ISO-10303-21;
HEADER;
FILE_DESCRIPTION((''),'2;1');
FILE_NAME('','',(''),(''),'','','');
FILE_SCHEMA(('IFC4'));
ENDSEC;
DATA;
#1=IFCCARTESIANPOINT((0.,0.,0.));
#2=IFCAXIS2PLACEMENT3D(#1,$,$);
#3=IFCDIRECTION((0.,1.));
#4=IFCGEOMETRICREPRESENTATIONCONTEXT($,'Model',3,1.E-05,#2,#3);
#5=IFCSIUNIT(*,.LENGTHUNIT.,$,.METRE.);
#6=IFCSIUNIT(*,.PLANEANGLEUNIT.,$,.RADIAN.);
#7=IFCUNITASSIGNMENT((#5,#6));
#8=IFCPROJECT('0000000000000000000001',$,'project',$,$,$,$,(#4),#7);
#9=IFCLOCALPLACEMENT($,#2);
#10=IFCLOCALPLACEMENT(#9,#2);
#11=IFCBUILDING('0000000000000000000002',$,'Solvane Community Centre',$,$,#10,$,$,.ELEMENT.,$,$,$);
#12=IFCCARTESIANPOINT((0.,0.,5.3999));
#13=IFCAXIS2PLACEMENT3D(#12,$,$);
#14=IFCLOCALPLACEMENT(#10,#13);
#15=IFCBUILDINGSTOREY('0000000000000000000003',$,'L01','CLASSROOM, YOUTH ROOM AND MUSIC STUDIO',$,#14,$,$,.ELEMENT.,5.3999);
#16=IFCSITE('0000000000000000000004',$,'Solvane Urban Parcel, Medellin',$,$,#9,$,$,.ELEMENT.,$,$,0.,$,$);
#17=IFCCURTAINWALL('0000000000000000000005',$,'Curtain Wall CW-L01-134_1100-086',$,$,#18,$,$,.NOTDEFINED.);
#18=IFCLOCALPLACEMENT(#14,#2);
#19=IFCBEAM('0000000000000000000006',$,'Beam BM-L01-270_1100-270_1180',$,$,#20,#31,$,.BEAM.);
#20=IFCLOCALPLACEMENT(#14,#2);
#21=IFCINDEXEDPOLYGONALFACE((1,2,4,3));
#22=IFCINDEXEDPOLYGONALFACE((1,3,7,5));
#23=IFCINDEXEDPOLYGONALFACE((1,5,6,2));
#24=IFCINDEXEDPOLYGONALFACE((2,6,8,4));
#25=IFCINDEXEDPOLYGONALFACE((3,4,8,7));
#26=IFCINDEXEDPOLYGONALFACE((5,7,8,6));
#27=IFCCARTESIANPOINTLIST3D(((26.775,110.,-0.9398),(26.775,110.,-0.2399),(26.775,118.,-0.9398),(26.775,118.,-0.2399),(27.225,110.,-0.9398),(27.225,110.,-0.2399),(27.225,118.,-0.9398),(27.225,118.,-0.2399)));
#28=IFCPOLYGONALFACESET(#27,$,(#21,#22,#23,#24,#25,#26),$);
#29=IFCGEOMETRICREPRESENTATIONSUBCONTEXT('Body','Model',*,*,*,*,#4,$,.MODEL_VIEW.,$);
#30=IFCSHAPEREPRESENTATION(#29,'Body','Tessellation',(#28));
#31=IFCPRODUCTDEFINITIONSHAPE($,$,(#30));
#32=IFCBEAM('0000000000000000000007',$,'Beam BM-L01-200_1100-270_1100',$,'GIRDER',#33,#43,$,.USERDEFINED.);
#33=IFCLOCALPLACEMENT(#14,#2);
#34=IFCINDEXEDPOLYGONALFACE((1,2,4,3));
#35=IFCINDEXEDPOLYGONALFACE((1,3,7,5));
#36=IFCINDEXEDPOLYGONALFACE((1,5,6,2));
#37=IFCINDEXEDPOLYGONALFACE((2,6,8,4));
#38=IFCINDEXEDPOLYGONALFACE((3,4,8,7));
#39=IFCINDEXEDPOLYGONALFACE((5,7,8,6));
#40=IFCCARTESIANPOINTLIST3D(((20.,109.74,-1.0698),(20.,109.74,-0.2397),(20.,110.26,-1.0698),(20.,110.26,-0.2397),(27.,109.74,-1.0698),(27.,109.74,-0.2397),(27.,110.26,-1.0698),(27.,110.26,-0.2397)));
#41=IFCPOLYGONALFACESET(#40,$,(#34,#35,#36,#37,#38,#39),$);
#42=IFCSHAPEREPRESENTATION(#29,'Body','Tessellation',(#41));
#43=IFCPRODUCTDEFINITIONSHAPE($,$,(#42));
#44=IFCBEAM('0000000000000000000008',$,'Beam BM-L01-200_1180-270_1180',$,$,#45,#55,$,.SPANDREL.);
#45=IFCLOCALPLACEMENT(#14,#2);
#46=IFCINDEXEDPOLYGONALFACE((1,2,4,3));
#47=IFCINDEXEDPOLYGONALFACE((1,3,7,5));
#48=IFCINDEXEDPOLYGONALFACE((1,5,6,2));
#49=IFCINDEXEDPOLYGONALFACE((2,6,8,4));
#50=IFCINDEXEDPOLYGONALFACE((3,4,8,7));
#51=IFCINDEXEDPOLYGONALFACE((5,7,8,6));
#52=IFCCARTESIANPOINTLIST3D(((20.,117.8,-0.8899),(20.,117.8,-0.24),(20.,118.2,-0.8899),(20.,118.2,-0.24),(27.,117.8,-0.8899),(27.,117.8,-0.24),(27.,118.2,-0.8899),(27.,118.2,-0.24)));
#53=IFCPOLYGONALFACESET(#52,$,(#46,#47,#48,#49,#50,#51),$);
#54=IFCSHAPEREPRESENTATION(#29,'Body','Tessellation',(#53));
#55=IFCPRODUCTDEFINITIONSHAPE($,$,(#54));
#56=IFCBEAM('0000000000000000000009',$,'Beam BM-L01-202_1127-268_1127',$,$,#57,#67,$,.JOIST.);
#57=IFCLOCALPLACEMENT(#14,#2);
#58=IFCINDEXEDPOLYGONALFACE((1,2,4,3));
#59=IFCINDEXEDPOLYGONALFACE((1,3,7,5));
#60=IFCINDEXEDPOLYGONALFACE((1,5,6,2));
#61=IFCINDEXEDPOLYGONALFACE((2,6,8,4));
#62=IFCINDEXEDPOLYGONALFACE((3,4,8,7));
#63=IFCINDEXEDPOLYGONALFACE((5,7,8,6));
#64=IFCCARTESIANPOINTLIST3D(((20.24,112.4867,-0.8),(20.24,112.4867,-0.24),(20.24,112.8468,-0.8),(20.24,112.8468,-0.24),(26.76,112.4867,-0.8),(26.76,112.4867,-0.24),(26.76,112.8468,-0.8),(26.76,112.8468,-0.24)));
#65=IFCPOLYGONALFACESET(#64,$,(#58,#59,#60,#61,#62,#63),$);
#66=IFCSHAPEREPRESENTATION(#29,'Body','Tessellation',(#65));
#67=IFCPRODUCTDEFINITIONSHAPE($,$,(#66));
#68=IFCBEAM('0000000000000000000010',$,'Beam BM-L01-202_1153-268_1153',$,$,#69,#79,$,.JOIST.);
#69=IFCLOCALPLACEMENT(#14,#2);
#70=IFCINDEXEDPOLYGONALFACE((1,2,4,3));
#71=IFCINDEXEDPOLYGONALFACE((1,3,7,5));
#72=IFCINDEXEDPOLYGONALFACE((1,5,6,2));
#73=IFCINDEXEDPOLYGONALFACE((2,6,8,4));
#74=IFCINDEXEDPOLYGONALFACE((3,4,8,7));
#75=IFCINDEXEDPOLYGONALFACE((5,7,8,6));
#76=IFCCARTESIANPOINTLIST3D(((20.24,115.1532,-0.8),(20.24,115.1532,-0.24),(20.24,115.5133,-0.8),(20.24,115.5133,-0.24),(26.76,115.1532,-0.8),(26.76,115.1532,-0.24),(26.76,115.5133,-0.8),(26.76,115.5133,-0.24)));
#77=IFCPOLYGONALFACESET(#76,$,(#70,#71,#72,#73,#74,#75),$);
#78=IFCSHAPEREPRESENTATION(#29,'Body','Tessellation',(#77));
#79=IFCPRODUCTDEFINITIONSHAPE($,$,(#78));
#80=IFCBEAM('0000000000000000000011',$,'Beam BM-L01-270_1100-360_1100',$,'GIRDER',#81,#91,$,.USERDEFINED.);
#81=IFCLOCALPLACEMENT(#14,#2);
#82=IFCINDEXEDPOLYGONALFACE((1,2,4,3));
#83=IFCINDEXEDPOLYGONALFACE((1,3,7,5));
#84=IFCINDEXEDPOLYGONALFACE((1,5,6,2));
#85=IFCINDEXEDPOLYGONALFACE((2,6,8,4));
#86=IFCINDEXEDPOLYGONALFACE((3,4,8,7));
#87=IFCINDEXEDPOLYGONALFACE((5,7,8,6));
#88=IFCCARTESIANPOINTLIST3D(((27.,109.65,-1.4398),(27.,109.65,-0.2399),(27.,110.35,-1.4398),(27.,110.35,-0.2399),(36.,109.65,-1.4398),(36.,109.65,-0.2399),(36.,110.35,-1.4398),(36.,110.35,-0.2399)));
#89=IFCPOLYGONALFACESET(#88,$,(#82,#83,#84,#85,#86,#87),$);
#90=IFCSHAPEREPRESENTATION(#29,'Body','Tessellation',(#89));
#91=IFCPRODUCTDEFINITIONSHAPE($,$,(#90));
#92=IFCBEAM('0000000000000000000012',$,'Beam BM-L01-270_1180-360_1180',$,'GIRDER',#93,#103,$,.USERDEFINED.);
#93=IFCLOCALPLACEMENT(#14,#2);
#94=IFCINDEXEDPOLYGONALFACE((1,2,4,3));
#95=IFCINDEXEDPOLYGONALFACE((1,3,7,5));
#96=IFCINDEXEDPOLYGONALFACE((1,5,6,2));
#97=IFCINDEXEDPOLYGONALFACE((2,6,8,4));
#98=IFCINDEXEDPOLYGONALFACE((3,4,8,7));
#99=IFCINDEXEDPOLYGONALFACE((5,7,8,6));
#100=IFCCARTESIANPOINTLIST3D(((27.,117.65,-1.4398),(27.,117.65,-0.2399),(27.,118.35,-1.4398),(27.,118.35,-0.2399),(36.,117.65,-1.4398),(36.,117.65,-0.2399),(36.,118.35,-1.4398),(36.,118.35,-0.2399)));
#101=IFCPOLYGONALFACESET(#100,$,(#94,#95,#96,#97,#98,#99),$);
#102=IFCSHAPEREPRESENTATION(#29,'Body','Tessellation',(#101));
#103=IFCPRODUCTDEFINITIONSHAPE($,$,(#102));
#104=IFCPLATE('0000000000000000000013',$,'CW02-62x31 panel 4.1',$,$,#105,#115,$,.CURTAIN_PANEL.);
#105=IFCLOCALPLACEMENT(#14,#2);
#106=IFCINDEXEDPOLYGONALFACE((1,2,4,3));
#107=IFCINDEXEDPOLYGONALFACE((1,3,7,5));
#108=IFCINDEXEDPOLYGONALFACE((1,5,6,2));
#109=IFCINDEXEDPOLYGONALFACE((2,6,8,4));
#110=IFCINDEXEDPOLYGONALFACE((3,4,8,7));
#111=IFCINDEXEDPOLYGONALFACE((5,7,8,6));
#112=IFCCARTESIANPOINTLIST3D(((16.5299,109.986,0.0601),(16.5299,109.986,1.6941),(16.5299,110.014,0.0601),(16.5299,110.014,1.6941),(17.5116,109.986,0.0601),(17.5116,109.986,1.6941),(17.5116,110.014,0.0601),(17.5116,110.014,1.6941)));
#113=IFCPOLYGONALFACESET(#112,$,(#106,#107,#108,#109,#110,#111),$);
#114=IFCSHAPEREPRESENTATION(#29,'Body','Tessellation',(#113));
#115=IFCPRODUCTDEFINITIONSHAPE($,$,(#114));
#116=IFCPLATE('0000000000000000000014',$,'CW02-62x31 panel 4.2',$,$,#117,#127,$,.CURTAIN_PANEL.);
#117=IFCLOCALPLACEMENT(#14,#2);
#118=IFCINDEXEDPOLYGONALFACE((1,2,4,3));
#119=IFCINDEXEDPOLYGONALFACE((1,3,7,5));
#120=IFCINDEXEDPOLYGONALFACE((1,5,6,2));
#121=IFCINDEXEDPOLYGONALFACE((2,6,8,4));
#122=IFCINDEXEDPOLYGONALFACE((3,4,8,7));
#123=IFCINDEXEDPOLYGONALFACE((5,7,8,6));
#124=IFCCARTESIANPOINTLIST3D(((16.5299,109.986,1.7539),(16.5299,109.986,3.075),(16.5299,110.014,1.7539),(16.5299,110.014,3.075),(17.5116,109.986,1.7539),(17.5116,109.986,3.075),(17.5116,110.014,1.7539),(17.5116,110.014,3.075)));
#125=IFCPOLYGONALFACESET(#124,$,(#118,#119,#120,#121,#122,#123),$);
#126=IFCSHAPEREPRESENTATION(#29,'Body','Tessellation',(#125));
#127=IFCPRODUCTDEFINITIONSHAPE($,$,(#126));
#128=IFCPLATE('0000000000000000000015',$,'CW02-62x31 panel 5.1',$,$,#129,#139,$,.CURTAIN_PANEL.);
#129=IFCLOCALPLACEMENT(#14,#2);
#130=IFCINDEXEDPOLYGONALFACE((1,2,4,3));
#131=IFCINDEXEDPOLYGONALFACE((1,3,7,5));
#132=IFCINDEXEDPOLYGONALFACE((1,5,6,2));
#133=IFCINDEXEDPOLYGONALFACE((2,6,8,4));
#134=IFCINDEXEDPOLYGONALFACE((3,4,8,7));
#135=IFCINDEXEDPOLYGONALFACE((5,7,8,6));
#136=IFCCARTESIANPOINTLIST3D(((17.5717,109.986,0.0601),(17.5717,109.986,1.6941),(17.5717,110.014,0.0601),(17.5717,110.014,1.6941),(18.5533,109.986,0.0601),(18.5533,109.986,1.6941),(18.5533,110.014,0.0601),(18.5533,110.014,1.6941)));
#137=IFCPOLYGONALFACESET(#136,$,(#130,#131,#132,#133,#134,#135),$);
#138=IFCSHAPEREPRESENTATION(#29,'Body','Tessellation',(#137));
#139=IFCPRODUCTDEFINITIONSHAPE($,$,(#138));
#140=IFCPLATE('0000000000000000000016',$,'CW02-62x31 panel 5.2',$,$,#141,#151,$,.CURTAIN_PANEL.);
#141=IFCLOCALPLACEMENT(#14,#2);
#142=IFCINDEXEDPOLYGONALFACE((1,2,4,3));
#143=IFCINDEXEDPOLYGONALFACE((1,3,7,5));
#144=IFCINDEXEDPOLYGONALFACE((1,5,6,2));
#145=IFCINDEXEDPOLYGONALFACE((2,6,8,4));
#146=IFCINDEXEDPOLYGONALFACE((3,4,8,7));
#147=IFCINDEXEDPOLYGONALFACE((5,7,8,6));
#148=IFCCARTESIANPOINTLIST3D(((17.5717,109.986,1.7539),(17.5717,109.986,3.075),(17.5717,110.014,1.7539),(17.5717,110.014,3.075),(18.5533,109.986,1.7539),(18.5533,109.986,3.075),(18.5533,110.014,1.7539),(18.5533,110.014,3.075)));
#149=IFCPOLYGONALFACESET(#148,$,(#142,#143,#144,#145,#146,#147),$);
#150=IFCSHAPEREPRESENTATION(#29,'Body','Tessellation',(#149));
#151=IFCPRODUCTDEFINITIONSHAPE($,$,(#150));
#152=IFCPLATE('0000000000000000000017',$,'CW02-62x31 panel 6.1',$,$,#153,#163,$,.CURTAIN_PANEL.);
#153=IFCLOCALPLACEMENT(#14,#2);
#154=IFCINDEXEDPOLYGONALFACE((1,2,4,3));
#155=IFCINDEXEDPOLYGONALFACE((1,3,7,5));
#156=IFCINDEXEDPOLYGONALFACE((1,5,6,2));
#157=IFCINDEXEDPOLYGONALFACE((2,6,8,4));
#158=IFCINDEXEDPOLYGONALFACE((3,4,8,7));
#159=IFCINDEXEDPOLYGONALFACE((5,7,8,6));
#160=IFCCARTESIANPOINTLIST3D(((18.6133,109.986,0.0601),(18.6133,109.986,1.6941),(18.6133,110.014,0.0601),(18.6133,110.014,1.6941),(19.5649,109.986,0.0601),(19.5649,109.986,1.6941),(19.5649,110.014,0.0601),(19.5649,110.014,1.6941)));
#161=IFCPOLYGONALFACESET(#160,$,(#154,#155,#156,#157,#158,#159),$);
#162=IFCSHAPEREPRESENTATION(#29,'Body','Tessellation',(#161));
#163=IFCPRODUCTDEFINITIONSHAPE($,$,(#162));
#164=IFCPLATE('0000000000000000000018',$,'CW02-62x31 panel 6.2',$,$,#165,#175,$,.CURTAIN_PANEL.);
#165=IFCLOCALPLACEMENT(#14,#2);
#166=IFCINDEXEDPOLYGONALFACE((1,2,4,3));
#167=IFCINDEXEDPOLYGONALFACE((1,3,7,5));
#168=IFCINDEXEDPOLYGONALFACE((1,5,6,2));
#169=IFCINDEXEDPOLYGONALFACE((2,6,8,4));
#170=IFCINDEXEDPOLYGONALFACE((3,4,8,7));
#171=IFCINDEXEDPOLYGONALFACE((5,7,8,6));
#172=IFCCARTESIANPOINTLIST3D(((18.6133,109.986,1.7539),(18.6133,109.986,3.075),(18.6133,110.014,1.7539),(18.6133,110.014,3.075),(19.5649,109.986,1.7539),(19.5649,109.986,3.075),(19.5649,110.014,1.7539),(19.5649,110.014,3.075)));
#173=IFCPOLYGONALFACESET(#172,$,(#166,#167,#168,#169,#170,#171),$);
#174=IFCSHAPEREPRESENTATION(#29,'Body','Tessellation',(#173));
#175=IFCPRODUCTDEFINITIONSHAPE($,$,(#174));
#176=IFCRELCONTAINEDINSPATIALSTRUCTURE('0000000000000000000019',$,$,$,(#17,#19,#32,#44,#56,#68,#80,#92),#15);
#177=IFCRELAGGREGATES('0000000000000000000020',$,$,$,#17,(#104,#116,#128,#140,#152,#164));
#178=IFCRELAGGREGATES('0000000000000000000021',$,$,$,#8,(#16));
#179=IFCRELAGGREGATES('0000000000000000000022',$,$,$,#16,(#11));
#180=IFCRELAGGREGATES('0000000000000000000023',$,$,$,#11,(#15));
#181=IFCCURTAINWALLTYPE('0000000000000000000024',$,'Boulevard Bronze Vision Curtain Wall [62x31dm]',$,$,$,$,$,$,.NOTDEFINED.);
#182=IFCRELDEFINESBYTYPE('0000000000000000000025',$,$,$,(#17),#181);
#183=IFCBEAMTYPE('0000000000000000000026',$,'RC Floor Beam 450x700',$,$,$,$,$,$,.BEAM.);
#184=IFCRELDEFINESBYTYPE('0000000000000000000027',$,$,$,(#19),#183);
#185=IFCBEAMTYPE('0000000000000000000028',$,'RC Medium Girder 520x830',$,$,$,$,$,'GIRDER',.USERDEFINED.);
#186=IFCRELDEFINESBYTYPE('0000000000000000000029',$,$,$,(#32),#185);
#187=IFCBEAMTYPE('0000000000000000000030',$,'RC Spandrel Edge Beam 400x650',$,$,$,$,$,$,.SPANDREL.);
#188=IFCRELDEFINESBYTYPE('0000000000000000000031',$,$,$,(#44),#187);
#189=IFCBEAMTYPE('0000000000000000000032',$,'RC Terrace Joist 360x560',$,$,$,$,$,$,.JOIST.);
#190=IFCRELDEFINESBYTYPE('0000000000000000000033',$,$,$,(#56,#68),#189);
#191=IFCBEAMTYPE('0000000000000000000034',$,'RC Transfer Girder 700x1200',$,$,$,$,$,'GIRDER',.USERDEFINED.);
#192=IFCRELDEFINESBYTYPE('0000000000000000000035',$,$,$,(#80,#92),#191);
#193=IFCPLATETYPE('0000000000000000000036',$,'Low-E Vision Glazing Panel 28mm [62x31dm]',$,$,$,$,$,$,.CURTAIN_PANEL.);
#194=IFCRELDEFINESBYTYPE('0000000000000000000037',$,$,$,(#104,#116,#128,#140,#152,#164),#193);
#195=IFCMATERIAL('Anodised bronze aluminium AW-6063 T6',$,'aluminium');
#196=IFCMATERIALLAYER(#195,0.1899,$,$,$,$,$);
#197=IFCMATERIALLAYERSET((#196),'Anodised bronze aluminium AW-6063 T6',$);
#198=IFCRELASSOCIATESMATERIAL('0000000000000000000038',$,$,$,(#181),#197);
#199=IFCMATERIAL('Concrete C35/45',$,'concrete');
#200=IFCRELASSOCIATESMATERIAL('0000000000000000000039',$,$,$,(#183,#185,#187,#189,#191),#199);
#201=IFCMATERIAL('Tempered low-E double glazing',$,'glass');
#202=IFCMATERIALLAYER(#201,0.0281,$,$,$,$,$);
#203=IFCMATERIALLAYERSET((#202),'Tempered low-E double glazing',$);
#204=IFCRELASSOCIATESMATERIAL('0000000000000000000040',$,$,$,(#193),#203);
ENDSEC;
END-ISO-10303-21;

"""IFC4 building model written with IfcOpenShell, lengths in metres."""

from ifc_helpers import new_model, si_unit, direction, frame, origin, origin_2d, place, context, subcontext, project, spatial, rectangle, extrude, material, layer, layer_set, material_profile, profile_set, type_object, element, aggregate, save


model = new_model("IFC4")

# Units and contexts
model_context = context("Model", 3, precision=1e-05, world=origin(), true_north=direction((0.0, 1.0)))
body_context = subcontext(model_context, "Body", "Model", "MODEL_VIEW")
ifc_project = project(units=[si_unit("LENGTHUNIT", "METRE"), si_unit("PLANEANGLEUNIT", "RADIAN")], contexts=[model_context])

# Site, building, storey
site_placement = place(None, origin())
site = spatial("IfcSite", under=ifc_project, at=site_placement, Name="Solvane Urban Parcel, Medellin", CompositionType="ELEMENT", RefElevation=0.0)
building_placement = place(site_placement, origin())
building = spatial("IfcBuilding", under=site, at=building_placement, Name="Solvane Community Centre", CompositionType="ELEMENT")
storey_placement = place(building_placement, frame((0.0, 0.0, 5.3999)))
storey = spatial("IfcBuildingStorey", under=building, at=storey_placement, Name="L01", Description="CLASSROOM, YOUTH ROOM AND MUSIC STUDIO", CompositionType="ELEMENT", Elevation=5.3999)

# Shared definitions
ifc_material_1 = material(Name="Concrete C35/45", Category="concrete")

# Curtain wall
ifc_material_2 = material(Name="Anodised bronze aluminium AW-6063 T6", Category="aluminium")
ifc_layer_1 = layer(ifc_material_2, 0.1899)
ifc_layer_set_1 = layer_set([ifc_layer_1], Name="Anodised bronze aluminium AW-6063 T6")
curtain_wall_type = type_object("IfcCurtainWallType", Name="Boulevard Bronze Vision Curtain Wall [62x31dm]", PredefinedType="NOTDEFINED", material=ifc_layer_set_1)
curtain_wall_placement = place(storey_placement, origin())
curtain_wall = element("IfcCurtainWall", 1, at=curtain_wall_placement, inside=storey, type_object=curtain_wall_type, Name="Curtain Wall CW-L01-134_1100-086", PredefinedType="NOTDEFINED")

# Beams
ifc_material_profile_1 = material_profile(ifc_material_1, rectangle(XDim=0.45, YDim=0.7, at=origin_2d()), Name="RC 450x700")
ifc_profile_set_1 = profile_set([ifc_material_profile_1], Name="Concrete C35/45")
beam_type_1 = type_object("IfcBeamType", Name="RC Floor Beam 450x700", PredefinedType="BEAM", material=ifc_profile_set_1)
for number, where, z_axis, x_axis, name in (
    (2, (27.0, 110.0, -0.5898), (0.0, 1.0, 0.0), (-1.0, 0.0, 0.0), "Beam BM-L01-270_1100-270_1180"),
):
    element("IfcBeam", number, at=place(storey_placement, frame(where, z_axis=z_axis, x_axis=x_axis)), inside=storey, type_object=beam_type_1, Name=name, PredefinedType="BEAM", context=body_context, shape_type="SweptSolid", body=[
        extrude(rectangle(XDim=0.45, YDim=0.7, at=origin_2d()), origin(), (0.0, 0.0, 1.0), 8.0),
    ])
ifc_material_profile_2 = material_profile(ifc_material_1, rectangle(XDim=0.52, YDim=0.8301, at=origin_2d()), Name="RC 520x830")
ifc_profile_set_2 = profile_set([ifc_material_profile_2], Name="Concrete C35/45")
beam_type_2 = type_object("IfcBeamType", Name="RC Medium Girder 520x830", ElementType="GIRDER", PredefinedType="USERDEFINED", material=ifc_profile_set_2)
beam_1_placement = place(storey_placement, frame((20.0, 110.0, -0.6548), z_axis=(1.0, 0.0, 0.0), x_axis=(0.0, 1.0, 0.0)))
element("IfcBeam", 3, at=beam_1_placement, inside=storey, type_object=beam_type_2, Name="Beam BM-L01-200_1100-270_1100", ObjectType="GIRDER", PredefinedType="USERDEFINED", context=body_context, shape_type="SweptSolid", body=[
    extrude(rectangle(XDim=0.52, YDim=0.8301, at=origin_2d()), origin(), (0.0, 0.0, 1.0), 7.0),
])
ifc_material_profile_3 = material_profile(ifc_material_1, rectangle(XDim=0.3999, YDim=0.6499, at=origin_2d()), Name="RC 400x650")
ifc_profile_set_3 = profile_set([ifc_material_profile_3], Name="Concrete C35/45")
beam_type_3 = type_object("IfcBeamType", Name="RC Spandrel Edge Beam 400x650", PredefinedType="SPANDREL", material=ifc_profile_set_3)
beam_2_placement = place(storey_placement, frame((20.0, 118.0, -0.5649), z_axis=(1.0, 0.0, 0.0), x_axis=(0.0, 1.0, 0.0)))
element("IfcBeam", 4, at=beam_2_placement, inside=storey, type_object=beam_type_3, Name="Beam BM-L01-200_1180-270_1180", PredefinedType="SPANDREL", context=body_context, shape_type="SweptSolid", body=[
    extrude(rectangle(XDim=0.3999, YDim=0.6499, at=origin_2d()), origin(), (0.0, 0.0, 1.0), 7.0),
])
ifc_material_profile_4 = material_profile(ifc_material_1, rectangle(XDim=0.3601, YDim=0.5601, at=origin_2d()), Name="RC 360x560")
ifc_profile_set_4 = profile_set([ifc_material_profile_4], Name="Concrete C35/45")
beam_type_4 = type_object("IfcBeamType", Name="RC Terrace Joist 360x560", PredefinedType="JOIST", material=ifc_profile_set_4)
for number, where, z_axis, x_axis, name in (
    (5, (20.24, 112.6667, -0.52), (1.0, 0.0, 0.0), (0.0, 1.0, 0.0), "Beam BM-L01-202_1127-268_1127"),
    (6, (20.24, 115.3333, -0.52), (1.0, 0.0, 0.0), (0.0, 1.0, 0.0), "Beam BM-L01-202_1153-268_1153"),
):
    element("IfcBeam", number, at=place(storey_placement, frame(where, z_axis=z_axis, x_axis=x_axis)), inside=storey, type_object=beam_type_4, Name=name, PredefinedType="JOIST", context=body_context, shape_type="SweptSolid", body=[
        extrude(rectangle(XDim=0.3601, YDim=0.5601, at=origin_2d()), origin(), (0.0, 0.0, 1.0), 6.52),
    ])
ifc_material_profile_5 = material_profile(ifc_material_1, rectangle(XDim=0.7, YDim=1.2, at=origin_2d()), Name="RC 700x1200")
ifc_profile_set_5 = profile_set([ifc_material_profile_5], Name="Concrete C35/45")
beam_type_5 = type_object("IfcBeamType", Name="RC Transfer Girder 700x1200", ElementType="GIRDER", PredefinedType="USERDEFINED", material=ifc_profile_set_5)
for number, where, z_axis, x_axis, name in (
    (7, (27.0, 110.0, -0.8398), (1.0, 0.0, 0.0), (0.0, 1.0, 0.0), "Beam BM-L01-270_1100-360_1100"),
    (8, (27.0, 118.0, -0.8398), (1.0, 0.0, 0.0), (0.0, 1.0, 0.0), "Beam BM-L01-270_1180-360_1180"),
):
    element("IfcBeam", number, at=place(storey_placement, frame(where, z_axis=z_axis, x_axis=x_axis)), inside=storey, type_object=beam_type_5, Name=name, ObjectType="GIRDER", PredefinedType="USERDEFINED", context=body_context, shape_type="SweptSolid", body=[
        extrude(rectangle(XDim=0.7, YDim=1.2, at=origin_2d()), origin(), (0.0, 0.0, 1.0), 9.0),
    ])

# Plates
ifc_material_3 = material(Name="Tempered low-E double glazing", Category="glass")
ifc_layer_2 = layer(ifc_material_3, 0.0281)
ifc_layer_set_2 = layer_set([ifc_layer_2], Name="Tempered low-E double glazing")
plate_type = type_object("IfcPlateType", Name="Low-E Vision Glazing Panel 28mm [62x31dm]", PredefinedType="CURTAIN_PANEL", material=ifc_layer_set_2)
plate_1_placement = place(storey_placement, frame((17.0208, 110.0, 0.0601), z_axis=(0.0, 0.0, 1.0), x_axis=(1.0, 0.0, 0.0)))
plate_1 = element("IfcPlate", 9, at=plate_1_placement, type_object=plate_type, Name="CW02-62x31 panel 4.1", PredefinedType="CURTAIN_PANEL", context=body_context, shape_type="SweptSolid", body=[
    extrude(rectangle(XDim=0.9817, YDim=0.0281, at=origin_2d()), origin(), (0.0, 0.0, 1.0), 1.634),
])
plate_2_placement = place(storey_placement, frame((17.0208, 110.0, 1.7539), z_axis=(0.0, 0.0, 1.0), x_axis=(1.0, 0.0, 0.0)))
plate_2 = element("IfcPlate", 10, at=plate_2_placement, type_object=plate_type, Name="CW02-62x31 panel 4.2", PredefinedType="CURTAIN_PANEL", context=body_context, shape_type="SweptSolid", body=[
    extrude(rectangle(XDim=0.9817, YDim=0.0281, at=origin_2d()), origin(), (0.0, 0.0, 1.0), 1.321),
])
plate_3_placement = place(storey_placement, frame((18.0625, 110.0, 0.0601), z_axis=(0.0, 0.0, 1.0), x_axis=(1.0, 0.0, 0.0)))
plate_3 = element("IfcPlate", 11, at=plate_3_placement, type_object=plate_type, Name="CW02-62x31 panel 5.1", PredefinedType="CURTAIN_PANEL", context=body_context, shape_type="SweptSolid", body=[
    extrude(rectangle(XDim=0.9817, YDim=0.0281, at=origin_2d()), origin(), (0.0, 0.0, 1.0), 1.634),
])
plate_4_placement = place(storey_placement, frame((18.0625, 110.0, 1.7539), z_axis=(0.0, 0.0, 1.0), x_axis=(1.0, 0.0, 0.0)))
plate_4 = element("IfcPlate", 12, at=plate_4_placement, type_object=plate_type, Name="CW02-62x31 panel 5.2", PredefinedType="CURTAIN_PANEL", context=body_context, shape_type="SweptSolid", body=[
    extrude(rectangle(XDim=0.9817, YDim=0.0281, at=origin_2d()), origin(), (0.0, 0.0, 1.0), 1.321),
])
plate_5_placement = place(storey_placement, frame((19.0891, 110.0, 0.0601), z_axis=(0.0, 0.0, 1.0), x_axis=(1.0, 0.0, 0.0)))
plate_5 = element("IfcPlate", 13, at=plate_5_placement, type_object=plate_type, Name="CW02-62x31 panel 6.1", PredefinedType="CURTAIN_PANEL", context=body_context, shape_type="SweptSolid", body=[
    extrude(rectangle(XDim=0.9517, YDim=0.0281, at=origin_2d()), origin(), (0.0, 0.0, 1.0), 1.634),
])
plate_6_placement = place(storey_placement, frame((19.0891, 110.0, 1.7539), z_axis=(0.0, 0.0, 1.0), x_axis=(1.0, 0.0, 0.0)))
plate_6 = element("IfcPlate", 14, at=plate_6_placement, type_object=plate_type, Name="CW02-62x31 panel 6.2", PredefinedType="CURTAIN_PANEL", context=body_context, shape_type="SweptSolid", body=[
    extrude(rectangle(XDim=0.9517, YDim=0.0281, at=origin_2d()), origin(), (0.0, 0.0, 1.0), 1.321),
])
aggregate(curtain_wall, [plate_1, plate_2, plate_3, plate_4, plate_5, plate_6])

save(model, "model.ifc")
